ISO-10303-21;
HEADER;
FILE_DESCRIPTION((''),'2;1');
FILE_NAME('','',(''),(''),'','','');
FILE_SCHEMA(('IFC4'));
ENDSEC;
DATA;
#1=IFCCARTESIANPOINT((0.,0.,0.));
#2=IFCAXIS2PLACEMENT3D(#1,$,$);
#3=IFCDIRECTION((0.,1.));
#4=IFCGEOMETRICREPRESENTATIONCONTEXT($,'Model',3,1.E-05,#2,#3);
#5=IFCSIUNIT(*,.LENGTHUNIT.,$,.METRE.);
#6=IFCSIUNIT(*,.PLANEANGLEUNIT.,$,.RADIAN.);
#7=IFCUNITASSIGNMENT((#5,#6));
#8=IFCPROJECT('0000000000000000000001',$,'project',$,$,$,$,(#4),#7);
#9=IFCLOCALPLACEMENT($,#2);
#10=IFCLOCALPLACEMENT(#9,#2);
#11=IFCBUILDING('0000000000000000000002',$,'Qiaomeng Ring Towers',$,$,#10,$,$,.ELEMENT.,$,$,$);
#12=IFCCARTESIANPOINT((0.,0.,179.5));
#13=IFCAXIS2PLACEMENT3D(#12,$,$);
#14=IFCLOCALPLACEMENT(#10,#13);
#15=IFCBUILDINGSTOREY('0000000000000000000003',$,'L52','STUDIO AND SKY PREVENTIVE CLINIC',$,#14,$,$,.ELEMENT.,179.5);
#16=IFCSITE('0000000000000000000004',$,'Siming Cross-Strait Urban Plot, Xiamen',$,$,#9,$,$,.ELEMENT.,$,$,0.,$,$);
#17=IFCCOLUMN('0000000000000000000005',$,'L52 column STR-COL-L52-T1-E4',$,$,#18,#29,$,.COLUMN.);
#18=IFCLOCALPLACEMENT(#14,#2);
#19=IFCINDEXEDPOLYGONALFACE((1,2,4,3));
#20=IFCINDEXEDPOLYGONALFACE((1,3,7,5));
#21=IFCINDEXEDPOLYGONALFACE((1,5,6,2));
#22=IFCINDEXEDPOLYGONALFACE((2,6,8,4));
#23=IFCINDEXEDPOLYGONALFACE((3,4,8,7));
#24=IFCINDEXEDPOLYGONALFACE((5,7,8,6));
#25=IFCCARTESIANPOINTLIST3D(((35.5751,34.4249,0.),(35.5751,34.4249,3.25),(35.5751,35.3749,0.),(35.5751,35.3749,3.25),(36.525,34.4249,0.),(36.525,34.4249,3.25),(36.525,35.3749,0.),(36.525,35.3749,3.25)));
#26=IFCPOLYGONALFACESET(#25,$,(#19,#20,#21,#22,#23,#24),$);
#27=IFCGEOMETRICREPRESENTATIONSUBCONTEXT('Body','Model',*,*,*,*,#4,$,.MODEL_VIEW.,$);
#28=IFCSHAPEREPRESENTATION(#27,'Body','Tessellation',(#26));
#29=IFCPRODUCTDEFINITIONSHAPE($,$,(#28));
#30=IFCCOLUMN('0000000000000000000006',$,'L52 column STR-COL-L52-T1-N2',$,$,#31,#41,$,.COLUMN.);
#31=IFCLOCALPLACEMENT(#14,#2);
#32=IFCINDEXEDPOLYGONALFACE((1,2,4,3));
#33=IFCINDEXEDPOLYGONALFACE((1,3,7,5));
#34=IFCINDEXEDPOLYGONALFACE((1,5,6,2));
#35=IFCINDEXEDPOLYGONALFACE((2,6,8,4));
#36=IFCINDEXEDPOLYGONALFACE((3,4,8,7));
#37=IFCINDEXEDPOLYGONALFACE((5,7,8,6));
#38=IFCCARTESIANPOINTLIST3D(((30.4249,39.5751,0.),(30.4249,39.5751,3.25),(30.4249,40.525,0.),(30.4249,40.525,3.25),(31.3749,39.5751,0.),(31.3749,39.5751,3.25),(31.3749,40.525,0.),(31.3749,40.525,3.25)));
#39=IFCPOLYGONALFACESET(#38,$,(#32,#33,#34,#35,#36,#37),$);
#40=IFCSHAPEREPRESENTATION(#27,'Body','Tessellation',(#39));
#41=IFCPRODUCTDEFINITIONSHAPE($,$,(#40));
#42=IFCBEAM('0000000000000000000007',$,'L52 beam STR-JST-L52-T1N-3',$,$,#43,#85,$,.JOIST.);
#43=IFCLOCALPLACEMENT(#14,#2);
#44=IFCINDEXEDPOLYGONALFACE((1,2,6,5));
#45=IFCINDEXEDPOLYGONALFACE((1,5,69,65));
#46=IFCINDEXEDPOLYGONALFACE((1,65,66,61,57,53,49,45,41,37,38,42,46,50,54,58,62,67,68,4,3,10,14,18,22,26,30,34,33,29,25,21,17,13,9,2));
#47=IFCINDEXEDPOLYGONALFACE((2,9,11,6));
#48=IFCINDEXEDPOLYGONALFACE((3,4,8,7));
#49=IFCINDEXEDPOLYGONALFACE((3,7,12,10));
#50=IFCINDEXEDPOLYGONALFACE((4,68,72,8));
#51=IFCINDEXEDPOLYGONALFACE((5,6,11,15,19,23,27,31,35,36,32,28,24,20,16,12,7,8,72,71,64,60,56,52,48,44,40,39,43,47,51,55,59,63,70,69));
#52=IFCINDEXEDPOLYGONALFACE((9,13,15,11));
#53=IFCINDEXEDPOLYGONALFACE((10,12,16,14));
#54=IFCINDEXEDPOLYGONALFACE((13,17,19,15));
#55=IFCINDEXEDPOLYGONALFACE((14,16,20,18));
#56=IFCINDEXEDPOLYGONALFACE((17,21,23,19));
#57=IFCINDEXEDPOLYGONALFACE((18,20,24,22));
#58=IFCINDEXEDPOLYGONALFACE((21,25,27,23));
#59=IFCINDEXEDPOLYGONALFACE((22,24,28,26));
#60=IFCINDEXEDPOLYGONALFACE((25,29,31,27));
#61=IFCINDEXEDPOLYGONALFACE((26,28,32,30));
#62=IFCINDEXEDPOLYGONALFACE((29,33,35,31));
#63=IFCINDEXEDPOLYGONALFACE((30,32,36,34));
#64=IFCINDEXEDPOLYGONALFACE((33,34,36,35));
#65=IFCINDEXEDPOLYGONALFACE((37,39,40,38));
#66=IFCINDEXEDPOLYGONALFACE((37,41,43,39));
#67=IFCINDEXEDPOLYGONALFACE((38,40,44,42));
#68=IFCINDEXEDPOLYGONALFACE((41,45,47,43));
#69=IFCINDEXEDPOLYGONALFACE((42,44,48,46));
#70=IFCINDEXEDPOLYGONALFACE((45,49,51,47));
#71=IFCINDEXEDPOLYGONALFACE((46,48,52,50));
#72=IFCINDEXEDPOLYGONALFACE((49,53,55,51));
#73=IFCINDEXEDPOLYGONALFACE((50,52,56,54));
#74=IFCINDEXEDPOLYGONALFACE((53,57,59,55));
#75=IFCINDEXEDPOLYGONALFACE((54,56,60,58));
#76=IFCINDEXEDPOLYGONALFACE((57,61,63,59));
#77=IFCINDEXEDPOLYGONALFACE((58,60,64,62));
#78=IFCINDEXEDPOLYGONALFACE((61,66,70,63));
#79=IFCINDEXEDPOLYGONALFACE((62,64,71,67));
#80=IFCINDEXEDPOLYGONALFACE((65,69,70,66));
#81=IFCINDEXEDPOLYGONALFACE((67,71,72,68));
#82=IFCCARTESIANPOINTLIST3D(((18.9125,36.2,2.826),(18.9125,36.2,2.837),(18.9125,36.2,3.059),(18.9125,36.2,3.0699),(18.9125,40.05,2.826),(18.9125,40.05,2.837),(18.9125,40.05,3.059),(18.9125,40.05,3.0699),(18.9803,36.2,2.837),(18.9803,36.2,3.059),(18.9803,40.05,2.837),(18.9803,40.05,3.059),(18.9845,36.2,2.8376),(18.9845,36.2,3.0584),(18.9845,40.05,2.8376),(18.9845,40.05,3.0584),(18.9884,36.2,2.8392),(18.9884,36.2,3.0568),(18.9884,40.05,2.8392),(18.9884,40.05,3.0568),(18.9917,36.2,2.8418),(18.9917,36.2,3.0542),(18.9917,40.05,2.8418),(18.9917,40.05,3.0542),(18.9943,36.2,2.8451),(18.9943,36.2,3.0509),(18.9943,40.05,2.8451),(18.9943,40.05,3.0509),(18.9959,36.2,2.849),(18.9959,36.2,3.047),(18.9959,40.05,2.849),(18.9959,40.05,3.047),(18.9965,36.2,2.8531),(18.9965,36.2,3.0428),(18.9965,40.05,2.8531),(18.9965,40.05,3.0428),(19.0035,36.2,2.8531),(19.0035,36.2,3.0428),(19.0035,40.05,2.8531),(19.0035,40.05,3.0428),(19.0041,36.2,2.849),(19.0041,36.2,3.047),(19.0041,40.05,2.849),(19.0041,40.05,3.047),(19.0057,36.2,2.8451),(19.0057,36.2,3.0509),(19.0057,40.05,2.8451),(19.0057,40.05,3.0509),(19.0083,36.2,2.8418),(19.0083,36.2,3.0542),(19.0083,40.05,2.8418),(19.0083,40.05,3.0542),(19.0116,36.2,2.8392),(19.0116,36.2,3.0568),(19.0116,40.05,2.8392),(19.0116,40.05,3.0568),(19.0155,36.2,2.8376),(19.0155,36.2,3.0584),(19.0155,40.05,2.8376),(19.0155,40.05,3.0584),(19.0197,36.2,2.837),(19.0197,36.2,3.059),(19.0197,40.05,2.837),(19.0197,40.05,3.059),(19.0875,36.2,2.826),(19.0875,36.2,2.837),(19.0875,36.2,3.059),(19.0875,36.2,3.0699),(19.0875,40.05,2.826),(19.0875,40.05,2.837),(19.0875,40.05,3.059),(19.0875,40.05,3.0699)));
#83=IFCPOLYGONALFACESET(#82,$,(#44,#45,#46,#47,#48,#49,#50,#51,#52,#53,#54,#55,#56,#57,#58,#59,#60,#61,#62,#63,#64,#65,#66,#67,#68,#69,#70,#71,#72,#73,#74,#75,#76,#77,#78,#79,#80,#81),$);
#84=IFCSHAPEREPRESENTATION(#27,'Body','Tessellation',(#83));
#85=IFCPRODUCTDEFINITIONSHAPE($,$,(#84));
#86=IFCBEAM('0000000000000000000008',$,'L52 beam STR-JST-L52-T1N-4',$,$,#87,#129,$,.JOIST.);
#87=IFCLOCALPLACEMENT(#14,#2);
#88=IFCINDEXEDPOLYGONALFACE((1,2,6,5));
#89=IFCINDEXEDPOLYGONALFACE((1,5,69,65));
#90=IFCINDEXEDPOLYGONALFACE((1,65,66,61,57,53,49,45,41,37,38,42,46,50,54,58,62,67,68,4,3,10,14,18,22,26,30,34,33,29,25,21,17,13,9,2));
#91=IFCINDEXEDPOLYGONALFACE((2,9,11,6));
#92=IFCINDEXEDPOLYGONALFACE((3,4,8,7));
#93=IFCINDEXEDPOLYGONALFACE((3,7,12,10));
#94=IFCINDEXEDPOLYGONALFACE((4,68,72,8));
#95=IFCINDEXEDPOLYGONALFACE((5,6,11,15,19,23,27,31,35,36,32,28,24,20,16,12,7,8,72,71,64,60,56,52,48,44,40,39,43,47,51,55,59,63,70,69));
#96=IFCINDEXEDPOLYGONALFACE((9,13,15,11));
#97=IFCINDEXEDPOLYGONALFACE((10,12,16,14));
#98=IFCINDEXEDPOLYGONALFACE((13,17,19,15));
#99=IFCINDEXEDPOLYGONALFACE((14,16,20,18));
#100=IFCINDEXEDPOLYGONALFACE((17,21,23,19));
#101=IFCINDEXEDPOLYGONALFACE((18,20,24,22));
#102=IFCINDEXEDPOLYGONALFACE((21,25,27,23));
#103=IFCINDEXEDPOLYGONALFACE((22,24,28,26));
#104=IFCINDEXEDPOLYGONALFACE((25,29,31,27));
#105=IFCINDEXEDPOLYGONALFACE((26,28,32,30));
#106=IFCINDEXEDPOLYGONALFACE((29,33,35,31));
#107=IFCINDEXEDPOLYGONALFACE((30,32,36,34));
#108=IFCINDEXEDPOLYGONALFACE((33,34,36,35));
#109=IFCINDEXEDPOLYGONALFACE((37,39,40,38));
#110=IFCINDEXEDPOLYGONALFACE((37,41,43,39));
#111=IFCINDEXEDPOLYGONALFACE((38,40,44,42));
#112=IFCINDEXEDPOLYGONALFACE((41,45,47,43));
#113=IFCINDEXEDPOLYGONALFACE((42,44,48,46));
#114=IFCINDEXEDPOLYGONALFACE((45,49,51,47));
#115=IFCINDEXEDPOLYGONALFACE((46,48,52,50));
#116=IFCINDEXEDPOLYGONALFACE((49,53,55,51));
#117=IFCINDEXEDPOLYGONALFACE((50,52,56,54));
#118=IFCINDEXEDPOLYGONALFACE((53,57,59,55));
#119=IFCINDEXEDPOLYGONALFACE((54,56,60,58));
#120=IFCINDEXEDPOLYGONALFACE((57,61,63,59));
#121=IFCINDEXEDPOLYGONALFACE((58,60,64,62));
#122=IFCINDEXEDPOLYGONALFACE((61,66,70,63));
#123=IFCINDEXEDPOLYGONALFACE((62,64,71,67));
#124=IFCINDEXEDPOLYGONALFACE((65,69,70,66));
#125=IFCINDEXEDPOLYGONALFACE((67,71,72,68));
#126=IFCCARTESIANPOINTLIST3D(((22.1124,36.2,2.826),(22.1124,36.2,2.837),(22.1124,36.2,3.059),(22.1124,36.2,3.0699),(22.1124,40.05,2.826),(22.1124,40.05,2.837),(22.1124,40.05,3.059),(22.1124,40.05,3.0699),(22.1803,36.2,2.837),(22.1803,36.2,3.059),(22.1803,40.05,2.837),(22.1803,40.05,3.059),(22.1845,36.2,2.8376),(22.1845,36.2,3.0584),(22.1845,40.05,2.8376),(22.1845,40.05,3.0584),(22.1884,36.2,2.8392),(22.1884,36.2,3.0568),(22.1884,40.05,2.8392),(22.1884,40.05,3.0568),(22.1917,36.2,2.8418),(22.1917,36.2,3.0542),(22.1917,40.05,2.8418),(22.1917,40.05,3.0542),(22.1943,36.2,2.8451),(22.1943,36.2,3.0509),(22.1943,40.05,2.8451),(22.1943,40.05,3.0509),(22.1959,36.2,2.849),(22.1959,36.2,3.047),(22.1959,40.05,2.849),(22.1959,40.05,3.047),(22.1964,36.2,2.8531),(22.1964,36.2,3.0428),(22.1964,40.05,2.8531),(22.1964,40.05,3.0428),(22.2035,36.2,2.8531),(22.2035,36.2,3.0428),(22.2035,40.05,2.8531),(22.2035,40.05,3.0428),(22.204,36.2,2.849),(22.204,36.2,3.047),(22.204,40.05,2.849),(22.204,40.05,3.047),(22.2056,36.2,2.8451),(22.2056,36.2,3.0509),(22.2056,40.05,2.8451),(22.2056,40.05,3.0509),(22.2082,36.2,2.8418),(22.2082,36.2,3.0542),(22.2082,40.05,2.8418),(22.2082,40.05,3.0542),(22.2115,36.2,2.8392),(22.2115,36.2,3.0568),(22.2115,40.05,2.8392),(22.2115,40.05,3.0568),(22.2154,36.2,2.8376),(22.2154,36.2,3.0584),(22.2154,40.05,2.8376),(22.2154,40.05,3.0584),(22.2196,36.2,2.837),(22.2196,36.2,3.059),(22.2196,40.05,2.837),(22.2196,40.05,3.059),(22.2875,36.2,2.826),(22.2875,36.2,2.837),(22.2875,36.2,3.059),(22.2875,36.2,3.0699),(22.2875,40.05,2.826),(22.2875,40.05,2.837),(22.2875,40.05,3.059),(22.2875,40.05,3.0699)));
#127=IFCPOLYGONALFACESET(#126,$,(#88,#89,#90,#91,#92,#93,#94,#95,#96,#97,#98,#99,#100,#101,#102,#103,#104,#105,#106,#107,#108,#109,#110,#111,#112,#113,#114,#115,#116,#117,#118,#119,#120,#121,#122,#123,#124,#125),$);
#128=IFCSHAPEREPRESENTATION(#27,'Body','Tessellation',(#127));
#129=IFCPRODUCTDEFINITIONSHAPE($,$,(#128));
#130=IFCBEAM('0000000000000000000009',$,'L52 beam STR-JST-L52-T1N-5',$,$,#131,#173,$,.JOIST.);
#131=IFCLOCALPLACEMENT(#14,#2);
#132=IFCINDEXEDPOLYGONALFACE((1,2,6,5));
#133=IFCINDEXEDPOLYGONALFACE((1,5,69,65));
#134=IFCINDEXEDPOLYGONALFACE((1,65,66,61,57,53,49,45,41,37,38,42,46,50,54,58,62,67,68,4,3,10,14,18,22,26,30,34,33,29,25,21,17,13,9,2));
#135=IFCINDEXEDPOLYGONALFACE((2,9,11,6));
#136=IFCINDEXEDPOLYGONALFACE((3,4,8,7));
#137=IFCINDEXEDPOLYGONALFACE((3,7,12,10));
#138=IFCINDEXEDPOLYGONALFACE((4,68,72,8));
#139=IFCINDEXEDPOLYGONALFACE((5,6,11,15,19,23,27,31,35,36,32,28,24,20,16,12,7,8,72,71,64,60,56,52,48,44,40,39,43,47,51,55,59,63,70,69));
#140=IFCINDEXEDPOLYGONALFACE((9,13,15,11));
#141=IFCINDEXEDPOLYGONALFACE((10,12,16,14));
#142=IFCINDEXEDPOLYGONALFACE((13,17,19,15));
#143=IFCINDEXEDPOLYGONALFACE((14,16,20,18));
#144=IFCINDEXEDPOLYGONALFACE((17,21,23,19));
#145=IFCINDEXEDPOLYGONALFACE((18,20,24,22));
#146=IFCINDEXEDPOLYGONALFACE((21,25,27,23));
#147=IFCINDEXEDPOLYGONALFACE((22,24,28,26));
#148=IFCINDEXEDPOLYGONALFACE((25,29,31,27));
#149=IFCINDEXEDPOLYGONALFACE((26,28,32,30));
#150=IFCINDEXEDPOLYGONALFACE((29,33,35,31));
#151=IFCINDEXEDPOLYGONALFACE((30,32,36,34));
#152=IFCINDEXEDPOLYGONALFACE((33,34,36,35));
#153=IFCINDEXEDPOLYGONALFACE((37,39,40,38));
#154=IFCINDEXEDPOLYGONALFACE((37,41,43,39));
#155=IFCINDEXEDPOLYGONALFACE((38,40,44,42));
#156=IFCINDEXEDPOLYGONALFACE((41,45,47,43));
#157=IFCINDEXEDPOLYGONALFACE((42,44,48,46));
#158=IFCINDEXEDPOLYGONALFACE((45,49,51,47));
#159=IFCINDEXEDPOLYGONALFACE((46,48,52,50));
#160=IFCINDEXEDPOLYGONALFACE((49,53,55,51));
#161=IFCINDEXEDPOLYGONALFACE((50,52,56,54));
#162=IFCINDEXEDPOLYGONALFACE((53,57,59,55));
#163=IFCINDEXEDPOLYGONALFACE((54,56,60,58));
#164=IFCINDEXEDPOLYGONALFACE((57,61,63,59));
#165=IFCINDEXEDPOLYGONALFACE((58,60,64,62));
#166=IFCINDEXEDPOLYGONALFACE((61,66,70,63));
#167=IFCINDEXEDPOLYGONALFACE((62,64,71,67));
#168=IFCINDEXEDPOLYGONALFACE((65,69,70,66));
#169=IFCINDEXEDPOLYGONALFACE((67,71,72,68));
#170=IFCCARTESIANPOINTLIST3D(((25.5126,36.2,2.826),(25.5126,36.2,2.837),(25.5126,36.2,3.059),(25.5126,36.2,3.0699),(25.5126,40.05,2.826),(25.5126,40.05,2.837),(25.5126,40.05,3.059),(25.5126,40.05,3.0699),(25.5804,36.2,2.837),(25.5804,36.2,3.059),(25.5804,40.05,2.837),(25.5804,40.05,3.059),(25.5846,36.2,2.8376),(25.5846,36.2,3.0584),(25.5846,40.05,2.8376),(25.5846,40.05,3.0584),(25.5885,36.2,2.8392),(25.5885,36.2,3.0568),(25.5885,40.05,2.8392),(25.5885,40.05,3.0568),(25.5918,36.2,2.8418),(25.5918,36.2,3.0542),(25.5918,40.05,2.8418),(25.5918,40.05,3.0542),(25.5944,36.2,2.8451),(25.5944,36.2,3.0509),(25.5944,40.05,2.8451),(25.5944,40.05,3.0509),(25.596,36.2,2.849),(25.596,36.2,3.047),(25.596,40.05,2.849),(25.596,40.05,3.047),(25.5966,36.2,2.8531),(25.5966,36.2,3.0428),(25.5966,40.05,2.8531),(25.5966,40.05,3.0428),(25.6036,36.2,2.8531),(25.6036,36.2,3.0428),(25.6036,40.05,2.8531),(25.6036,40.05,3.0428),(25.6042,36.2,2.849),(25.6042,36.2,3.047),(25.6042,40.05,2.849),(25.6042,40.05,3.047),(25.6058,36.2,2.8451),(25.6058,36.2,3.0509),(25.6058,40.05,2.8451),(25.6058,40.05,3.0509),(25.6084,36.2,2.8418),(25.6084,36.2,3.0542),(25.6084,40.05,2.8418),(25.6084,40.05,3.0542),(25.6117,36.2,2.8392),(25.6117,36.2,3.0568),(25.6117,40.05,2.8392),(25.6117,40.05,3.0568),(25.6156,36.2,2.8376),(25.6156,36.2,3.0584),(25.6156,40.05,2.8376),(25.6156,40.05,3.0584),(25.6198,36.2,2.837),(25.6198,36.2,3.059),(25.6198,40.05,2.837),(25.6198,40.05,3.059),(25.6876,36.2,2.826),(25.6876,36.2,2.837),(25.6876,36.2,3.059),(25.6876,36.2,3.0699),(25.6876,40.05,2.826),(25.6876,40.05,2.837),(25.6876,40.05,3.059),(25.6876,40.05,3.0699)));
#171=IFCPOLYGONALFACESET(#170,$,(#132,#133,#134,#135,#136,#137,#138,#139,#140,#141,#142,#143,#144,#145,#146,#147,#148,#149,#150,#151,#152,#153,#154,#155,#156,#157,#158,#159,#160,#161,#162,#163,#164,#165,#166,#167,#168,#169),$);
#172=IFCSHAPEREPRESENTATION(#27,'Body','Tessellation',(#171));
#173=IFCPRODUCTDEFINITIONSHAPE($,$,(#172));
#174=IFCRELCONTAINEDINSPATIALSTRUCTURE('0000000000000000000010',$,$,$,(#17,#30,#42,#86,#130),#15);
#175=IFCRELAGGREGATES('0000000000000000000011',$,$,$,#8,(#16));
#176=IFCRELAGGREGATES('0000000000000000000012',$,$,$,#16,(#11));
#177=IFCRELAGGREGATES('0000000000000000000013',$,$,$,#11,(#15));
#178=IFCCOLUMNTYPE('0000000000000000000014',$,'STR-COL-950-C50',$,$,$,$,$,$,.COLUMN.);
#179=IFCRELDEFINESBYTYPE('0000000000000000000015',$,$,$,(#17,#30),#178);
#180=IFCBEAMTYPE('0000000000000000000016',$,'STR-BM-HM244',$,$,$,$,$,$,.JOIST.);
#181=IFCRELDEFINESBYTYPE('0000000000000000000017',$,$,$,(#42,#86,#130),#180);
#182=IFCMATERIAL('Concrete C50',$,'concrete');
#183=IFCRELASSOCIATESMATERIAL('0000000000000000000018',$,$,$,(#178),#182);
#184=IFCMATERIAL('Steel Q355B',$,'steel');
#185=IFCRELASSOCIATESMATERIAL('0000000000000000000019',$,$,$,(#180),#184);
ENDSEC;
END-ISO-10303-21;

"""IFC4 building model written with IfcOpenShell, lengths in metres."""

from ifc_helpers import new_model, si_unit, direction, frame, origin, origin_2d, place, context, subcontext, project, spatial, rectangle, i_section, extrude, source, transform, mapped, material, material_profile, profile_set, type_object, element, save


model = new_model("IFC4")

# Units and contexts
model_context = context("Model", 3, precision=1e-05, world=origin(), true_north=direction((0.0, 1.0)))
body_context = subcontext(model_context, "Body", "Model", "MODEL_VIEW")
ifc_project = project(units=[si_unit("LENGTHUNIT", "METRE"), si_unit("PLANEANGLEUNIT", "RADIAN")], contexts=[model_context])

# Site, building, storey
site_placement = place(None, origin())
site = spatial("IfcSite", under=ifc_project, at=site_placement, Name="Siming Cross-Strait Urban Plot, Xiamen", CompositionType="ELEMENT", RefElevation=0.0)
building_placement = place(site_placement, origin())
building = spatial("IfcBuilding", under=site, at=building_placement, Name="Qiaomeng Ring Towers", CompositionType="ELEMENT")
storey_placement = place(building_placement, frame((0.0, 0.0, 179.5)))
storey = spatial("IfcBuildingStorey", under=building, at=storey_placement, Name="L52", Description="STUDIO AND SKY PREVENTIVE CLINIC", CompositionType="ELEMENT", Elevation=179.5)

# Columns
ifc_material_1 = material(Name="Concrete C50", Category="concrete")
ifc_material_profile_1 = material_profile(ifc_material_1, rectangle(XDim=0.95, YDim=0.95, at=origin_2d()), Name="RC COL 950x950")
ifc_profile_set_1 = profile_set([ifc_material_profile_1], Name="Concrete C50")
column_type = type_object("IfcColumnType", Name="STR-COL-950-C50", PredefinedType="COLUMN", material=ifc_profile_set_1)
shared_shape_1 = source(origin(), body_context, "Body", "SweptSolid", [
    extrude(rectangle(XDim=0.95, YDim=0.95, at=origin_2d()), origin(), (0.0, 0.0, 1.0), 3.25),
])
for number, where, z_axis, x_axis, name in (
    (1, (36.05, 34.8999, 0.0), (0.0, 0.0, 1.0), (1.0, 0.0, 0.0), "L52 column STR-COL-L52-T1-E4"),
    (2, (30.8999, 40.05, 0.0), (0.0, 0.0, 1.0), (1.0, 0.0, 0.0), "L52 column STR-COL-L52-T1-N2"),
):
    element("IfcColumn", number, at=place(storey_placement, frame(where, z_axis=z_axis, x_axis=x_axis)), inside=storey, type_object=column_type, Name=name, PredefinedType="COLUMN", context=body_context, shape_type="MappedRepresentation", body=[
        mapped(shared_shape_1, transform((0.0, 0.0, 0.0), x_axis=(1.0, 0.0, 0.0), y_axis=(0.0, 1.0, 0.0), z_axis=(0.0, 0.0, 1.0), scale=1.0)),
    ])

# Beams
ifc_material_2 = material(Name="Steel Q355B", Category="steel")
ifc_material_profile_2 = material_profile(ifc_material_2, i_section(OverallWidth=0.175, OverallDepth=0.2439, WebThickness=0.0071, FlangeThickness=0.011, FilletRadius=0.0161, at=origin_2d()), Name="HM 244x175x7x11")
ifc_profile_set_2 = profile_set([ifc_material_profile_2], Name="Steel Q355B")
beam_type_1 = type_object("IfcBeamType", Name="STR-BM-HM244", PredefinedType="JOIST", material=ifc_profile_set_2)
shared_shape_2 = source(origin(), body_context, "Body", "SweptSolid", [
    extrude(i_section(OverallWidth=0.175, OverallDepth=0.2439, WebThickness=0.0071, FlangeThickness=0.011, FilletRadius=0.0161, at=origin_2d()), origin(), (0.0, 0.0, 1.0), 3.8501),
])
for number, where, z_axis, x_axis, name in (
    (3, (19.0, 36.2, 2.948), (0.0, 1.0, 0.0), (-1.0, 0.0, 0.0), "L52 beam STR-JST-L52-T1N-3"),
    (4, (22.2, 36.2, 2.948), (0.0, 1.0, 0.0), (-1.0, 0.0, 0.0), "L52 beam STR-JST-L52-T1N-4"),
    (5, (25.6001, 36.2, 2.948), (0.0, 1.0, 0.0), (-1.0, 0.0, 0.0), "L52 beam STR-JST-L52-T1N-5"),
):
    element("IfcBeam", number, at=place(storey_placement, frame(where, z_axis=z_axis, x_axis=x_axis)), inside=storey, type_object=beam_type_1, Name=name, PredefinedType="JOIST", context=body_context, shape_type="MappedRepresentation", body=[
        mapped(shared_shape_2, transform((0.0, 0.0, 0.0), x_axis=(1.0, 0.0, 0.0), y_axis=(0.0, 1.0, 0.0), z_axis=(0.0, 0.0, 1.0), scale=1.0)),
    ])

save(model, "model.ifc")
